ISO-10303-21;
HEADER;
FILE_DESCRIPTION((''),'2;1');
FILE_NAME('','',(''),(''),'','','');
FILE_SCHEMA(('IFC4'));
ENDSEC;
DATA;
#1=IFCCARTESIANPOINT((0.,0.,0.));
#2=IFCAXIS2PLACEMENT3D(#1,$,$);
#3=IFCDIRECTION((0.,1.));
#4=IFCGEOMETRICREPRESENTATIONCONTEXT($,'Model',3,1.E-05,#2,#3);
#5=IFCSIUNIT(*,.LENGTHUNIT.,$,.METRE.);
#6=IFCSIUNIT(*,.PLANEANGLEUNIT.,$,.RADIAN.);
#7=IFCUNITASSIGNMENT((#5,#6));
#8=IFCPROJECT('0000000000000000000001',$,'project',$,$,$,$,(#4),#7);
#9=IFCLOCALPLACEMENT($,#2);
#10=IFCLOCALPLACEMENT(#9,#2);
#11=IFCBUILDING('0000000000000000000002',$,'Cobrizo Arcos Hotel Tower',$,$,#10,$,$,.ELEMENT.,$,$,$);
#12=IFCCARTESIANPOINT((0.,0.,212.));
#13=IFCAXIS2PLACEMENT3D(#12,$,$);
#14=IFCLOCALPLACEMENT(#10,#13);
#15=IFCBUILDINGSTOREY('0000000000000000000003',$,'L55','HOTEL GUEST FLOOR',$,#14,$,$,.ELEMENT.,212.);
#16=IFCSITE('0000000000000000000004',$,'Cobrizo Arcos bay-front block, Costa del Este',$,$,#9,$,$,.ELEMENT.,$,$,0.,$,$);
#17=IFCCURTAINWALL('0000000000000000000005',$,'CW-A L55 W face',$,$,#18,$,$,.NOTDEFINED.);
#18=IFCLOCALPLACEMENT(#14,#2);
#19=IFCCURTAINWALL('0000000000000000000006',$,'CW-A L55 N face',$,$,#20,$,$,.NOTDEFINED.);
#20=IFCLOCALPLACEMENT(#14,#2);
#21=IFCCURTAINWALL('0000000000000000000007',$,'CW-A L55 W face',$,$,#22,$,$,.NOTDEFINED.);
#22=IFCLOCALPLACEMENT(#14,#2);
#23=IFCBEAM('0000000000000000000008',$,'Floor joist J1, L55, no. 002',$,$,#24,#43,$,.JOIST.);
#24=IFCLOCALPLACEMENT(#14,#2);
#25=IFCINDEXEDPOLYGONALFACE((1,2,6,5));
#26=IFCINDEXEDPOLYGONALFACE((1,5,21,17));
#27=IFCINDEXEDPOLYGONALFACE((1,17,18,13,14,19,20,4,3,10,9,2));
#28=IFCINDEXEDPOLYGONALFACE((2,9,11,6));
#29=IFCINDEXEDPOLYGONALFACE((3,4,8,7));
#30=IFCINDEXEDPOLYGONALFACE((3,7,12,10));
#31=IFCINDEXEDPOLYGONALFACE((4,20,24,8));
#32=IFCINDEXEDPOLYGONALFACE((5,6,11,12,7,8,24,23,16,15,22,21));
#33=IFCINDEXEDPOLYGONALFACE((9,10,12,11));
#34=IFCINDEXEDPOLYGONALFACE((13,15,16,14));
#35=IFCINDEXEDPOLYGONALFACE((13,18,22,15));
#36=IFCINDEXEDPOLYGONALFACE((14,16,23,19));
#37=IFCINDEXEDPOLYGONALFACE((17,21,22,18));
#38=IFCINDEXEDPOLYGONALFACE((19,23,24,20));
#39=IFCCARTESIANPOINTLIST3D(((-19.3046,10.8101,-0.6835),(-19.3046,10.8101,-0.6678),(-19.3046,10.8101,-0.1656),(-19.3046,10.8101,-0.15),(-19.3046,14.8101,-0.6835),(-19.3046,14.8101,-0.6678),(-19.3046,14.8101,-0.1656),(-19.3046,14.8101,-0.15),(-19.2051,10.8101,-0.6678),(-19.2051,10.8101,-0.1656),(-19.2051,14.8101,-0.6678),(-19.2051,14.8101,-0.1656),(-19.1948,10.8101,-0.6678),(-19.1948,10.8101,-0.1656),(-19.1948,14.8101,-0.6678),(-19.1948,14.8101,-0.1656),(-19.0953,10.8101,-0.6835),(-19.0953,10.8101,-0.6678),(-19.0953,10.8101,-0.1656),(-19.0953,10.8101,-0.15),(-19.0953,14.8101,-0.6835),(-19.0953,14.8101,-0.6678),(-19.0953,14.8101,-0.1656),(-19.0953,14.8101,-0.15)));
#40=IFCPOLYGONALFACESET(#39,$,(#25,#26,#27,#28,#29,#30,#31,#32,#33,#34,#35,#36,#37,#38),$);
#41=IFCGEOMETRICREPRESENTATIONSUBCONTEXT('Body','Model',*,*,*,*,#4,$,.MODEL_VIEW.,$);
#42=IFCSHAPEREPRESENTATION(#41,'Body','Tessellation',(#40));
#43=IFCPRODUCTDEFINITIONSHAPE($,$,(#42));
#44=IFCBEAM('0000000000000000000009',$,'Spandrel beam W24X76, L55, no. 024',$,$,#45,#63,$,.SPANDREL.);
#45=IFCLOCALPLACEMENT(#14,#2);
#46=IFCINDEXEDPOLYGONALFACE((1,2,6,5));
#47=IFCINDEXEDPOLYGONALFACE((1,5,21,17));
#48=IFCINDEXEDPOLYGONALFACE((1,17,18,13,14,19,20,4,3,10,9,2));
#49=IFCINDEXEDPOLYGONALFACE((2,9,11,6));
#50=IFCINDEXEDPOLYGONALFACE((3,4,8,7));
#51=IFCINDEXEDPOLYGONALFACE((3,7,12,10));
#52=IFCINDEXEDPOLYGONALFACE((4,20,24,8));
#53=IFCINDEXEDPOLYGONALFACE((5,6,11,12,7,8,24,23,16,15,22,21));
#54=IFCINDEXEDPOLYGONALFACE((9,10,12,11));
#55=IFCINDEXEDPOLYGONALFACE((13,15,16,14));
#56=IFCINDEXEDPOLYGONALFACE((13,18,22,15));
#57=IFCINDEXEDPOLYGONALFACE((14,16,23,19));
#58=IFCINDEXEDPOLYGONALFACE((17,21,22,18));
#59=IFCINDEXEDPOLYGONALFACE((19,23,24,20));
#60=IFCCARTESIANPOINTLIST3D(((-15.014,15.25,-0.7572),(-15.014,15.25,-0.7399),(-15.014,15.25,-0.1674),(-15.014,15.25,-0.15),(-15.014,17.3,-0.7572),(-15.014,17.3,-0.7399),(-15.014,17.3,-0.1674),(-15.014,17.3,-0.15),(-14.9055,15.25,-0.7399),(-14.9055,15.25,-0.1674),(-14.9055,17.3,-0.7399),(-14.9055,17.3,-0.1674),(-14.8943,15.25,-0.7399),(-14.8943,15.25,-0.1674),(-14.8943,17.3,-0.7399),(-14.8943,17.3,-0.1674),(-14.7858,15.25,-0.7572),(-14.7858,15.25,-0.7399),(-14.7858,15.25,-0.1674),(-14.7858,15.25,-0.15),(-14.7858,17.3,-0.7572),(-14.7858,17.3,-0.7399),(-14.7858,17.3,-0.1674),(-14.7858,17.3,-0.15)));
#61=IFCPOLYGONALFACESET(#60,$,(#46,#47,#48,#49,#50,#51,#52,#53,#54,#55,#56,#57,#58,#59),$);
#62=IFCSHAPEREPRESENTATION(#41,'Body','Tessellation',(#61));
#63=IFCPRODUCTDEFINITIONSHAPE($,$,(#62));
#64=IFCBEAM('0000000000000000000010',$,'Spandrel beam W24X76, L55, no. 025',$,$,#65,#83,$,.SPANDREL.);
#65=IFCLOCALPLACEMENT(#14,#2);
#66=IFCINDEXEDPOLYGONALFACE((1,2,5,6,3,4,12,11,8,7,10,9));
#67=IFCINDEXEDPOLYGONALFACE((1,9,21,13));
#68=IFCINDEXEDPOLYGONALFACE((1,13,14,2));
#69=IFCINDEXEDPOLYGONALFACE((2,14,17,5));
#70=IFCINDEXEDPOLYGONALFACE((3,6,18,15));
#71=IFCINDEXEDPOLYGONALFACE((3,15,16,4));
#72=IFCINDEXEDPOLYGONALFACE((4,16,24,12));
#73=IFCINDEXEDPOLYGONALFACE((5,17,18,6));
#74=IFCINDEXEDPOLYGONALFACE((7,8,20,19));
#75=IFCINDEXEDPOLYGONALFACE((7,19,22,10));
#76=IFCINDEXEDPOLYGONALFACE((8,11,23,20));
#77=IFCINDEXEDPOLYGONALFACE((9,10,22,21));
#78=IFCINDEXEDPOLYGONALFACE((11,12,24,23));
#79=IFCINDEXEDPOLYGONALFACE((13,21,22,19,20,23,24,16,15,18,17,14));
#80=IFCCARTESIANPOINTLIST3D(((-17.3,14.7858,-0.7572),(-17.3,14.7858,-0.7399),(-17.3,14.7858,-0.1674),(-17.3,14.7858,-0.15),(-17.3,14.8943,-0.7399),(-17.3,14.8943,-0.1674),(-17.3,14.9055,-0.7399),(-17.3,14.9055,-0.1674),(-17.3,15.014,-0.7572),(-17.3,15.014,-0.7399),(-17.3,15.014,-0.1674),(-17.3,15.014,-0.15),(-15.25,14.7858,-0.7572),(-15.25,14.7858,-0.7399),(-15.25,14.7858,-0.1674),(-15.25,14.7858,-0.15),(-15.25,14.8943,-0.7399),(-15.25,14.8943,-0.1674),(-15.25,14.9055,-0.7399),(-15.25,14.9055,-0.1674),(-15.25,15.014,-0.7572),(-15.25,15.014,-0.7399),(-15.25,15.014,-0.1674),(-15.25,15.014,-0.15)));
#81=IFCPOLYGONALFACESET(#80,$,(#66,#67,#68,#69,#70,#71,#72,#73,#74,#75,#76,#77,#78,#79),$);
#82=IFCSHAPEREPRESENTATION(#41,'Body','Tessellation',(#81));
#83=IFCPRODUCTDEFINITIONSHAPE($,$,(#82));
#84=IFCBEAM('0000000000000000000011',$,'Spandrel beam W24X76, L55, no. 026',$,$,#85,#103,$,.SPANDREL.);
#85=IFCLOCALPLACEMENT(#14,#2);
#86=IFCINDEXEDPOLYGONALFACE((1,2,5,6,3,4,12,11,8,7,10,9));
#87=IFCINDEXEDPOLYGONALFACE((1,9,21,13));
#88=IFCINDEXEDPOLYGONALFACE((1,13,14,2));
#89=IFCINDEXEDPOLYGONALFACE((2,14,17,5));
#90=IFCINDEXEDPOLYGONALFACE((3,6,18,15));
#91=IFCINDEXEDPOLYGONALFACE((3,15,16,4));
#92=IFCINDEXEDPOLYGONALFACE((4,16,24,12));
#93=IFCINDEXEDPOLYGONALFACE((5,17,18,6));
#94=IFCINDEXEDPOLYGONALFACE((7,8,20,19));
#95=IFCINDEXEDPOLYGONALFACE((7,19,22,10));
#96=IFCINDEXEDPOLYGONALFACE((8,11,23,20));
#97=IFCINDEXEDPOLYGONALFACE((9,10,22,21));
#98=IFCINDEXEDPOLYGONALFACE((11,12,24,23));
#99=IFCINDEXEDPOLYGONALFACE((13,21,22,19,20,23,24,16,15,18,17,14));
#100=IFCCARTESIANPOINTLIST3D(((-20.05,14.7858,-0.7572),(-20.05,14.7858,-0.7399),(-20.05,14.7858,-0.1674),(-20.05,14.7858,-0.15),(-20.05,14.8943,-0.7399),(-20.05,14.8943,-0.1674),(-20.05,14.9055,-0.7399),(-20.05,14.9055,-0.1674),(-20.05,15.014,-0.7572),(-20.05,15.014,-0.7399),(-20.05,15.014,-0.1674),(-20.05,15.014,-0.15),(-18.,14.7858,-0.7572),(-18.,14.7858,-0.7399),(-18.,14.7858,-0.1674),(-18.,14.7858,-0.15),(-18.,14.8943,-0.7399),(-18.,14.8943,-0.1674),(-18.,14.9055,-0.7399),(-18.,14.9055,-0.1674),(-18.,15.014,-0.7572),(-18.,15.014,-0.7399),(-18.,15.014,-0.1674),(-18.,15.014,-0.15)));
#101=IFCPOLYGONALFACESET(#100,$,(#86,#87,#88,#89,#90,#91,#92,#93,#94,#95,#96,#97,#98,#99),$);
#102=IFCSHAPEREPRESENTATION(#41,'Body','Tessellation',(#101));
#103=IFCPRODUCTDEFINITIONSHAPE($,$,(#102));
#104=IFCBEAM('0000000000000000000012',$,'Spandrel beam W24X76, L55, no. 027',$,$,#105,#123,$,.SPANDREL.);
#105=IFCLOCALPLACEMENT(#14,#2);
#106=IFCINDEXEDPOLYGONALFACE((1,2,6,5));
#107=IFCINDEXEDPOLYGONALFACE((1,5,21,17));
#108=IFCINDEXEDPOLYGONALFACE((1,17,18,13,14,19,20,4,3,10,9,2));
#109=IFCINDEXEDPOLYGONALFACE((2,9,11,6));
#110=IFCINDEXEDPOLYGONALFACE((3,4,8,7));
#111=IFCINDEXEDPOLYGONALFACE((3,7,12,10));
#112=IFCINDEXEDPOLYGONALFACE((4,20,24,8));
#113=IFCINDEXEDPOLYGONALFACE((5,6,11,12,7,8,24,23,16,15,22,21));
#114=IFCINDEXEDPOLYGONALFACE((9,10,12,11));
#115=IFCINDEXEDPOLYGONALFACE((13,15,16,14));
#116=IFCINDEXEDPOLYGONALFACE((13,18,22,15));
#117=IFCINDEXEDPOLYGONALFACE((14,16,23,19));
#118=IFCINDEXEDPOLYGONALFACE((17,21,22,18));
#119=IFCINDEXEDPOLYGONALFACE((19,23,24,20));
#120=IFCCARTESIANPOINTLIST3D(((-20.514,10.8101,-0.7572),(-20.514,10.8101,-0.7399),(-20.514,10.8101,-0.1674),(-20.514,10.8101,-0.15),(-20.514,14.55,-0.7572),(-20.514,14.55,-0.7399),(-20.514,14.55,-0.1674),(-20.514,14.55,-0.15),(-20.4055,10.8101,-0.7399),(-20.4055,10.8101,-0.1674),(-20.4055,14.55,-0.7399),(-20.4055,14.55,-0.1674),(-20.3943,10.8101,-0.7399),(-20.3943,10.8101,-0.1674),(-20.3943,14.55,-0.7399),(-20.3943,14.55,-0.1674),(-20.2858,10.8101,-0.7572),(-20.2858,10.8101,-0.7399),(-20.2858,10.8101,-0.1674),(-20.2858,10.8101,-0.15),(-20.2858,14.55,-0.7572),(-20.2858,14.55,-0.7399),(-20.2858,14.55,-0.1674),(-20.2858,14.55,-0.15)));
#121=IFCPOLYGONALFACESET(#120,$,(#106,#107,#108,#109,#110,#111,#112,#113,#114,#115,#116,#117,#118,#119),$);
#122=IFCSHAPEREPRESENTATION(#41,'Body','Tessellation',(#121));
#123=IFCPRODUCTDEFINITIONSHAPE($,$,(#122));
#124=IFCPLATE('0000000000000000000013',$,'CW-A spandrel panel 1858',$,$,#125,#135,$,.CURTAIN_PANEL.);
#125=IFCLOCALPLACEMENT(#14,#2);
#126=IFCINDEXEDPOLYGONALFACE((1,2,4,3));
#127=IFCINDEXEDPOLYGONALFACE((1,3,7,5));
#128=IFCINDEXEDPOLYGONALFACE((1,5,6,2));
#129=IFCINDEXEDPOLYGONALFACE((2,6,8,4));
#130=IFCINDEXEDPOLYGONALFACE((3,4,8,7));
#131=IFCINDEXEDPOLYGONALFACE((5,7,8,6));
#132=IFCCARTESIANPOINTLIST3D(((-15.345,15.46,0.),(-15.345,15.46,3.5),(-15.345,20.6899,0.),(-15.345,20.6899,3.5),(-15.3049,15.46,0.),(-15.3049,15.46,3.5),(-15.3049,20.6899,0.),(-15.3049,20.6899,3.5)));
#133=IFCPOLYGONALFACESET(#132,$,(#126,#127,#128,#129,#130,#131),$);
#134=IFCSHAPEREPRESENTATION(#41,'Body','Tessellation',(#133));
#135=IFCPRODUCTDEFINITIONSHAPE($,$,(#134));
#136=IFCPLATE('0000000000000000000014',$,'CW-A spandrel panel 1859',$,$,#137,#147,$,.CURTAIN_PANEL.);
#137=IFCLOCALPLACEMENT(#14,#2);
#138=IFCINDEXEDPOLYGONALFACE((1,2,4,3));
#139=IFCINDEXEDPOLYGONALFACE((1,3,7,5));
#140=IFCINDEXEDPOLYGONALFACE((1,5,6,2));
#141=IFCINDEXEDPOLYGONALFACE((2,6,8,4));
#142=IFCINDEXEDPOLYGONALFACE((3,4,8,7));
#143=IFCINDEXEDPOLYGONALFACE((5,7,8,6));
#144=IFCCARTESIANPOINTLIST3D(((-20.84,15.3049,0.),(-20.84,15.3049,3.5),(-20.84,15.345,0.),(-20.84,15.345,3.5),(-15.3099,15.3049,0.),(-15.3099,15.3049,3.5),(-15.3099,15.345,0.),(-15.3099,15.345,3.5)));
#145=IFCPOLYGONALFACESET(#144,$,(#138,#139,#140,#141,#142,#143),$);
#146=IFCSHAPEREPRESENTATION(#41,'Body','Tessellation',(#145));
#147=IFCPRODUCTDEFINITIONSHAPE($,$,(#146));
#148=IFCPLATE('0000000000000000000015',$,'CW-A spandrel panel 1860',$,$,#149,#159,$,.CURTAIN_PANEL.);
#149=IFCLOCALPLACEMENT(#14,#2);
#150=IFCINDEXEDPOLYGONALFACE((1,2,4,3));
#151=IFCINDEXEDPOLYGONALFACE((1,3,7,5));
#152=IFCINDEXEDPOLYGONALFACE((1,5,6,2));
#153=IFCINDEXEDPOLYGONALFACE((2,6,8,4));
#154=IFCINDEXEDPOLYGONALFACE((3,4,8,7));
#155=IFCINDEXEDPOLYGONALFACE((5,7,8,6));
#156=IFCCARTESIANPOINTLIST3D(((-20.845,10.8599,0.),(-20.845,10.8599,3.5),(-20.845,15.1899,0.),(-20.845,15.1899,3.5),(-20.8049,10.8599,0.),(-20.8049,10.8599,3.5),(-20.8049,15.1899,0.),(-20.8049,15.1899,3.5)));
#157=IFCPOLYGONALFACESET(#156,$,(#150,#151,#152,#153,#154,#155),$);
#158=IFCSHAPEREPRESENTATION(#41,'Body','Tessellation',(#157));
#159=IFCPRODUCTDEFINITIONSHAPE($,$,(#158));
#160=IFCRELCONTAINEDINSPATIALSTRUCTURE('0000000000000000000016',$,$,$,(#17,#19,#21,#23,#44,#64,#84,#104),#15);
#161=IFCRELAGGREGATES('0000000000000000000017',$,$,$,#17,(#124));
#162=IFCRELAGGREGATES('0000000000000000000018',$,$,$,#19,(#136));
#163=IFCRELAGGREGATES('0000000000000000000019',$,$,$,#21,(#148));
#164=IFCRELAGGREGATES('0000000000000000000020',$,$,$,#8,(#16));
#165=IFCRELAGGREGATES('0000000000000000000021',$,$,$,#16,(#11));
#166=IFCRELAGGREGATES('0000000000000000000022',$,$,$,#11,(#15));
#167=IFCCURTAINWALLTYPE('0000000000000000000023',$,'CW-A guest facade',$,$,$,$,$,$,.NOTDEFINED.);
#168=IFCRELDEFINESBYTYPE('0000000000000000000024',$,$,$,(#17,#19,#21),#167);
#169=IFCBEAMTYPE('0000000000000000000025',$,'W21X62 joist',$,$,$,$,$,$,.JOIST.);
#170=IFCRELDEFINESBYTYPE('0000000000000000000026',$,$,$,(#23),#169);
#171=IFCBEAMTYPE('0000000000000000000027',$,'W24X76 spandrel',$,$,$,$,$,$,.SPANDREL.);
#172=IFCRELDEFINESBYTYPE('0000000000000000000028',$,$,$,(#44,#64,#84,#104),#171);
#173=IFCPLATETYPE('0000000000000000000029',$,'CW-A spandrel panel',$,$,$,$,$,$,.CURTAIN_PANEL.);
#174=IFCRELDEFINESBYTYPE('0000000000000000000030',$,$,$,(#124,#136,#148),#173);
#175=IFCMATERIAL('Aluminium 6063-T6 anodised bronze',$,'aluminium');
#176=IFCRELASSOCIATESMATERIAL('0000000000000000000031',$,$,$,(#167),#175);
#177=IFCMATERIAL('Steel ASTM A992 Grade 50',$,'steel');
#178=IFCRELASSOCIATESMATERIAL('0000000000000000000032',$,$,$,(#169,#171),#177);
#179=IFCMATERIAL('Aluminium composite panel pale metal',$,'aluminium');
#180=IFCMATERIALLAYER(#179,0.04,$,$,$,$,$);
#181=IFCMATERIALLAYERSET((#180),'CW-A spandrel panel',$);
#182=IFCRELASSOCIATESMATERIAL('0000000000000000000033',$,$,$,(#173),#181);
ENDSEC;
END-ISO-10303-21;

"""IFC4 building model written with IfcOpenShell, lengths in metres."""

from ifc_helpers import new_model, si_unit, direction, frame, origin, origin_2d, place, context, subcontext, project, spatial, rectangle, i_section, extrude, material, layer, layer_set, material_profile, profile_set, type_object, element, aggregate, save


model = new_model("IFC4")

# Units and contexts
model_context = context("Model", 3, precision=1e-05, world=origin(), true_north=direction((0.0, 1.0)))
body_context = subcontext(model_context, "Body", "Model", "MODEL_VIEW")
ifc_project = project(units=[si_unit("LENGTHUNIT", "METRE"), si_unit("PLANEANGLEUNIT", "RADIAN")], contexts=[model_context])

# Site, building, storey
site_placement = place(None, origin())
site = spatial("IfcSite", under=ifc_project, at=site_placement, Name="Cobrizo Arcos bay-front block, Costa del Este", CompositionType="ELEMENT", RefElevation=0.0)
building_placement = place(site_placement, origin())
building = spatial("IfcBuilding", under=site, at=building_placement, Name="Cobrizo Arcos Hotel Tower", CompositionType="ELEMENT")
storey_placement = place(building_placement, frame((0.0, 0.0, 212.0)))
storey = spatial("IfcBuildingStorey", under=building, at=storey_placement, Name="L55", Description="HOTEL GUEST FLOOR", CompositionType="ELEMENT", Elevation=212.0)

# Shared definitions
ifc_material_1 = material(Name="Aluminium 6063-T6 anodised bronze", Category="aluminium")
curtain_wall_type = type_object("IfcCurtainWallType", Name="CW-A guest facade", PredefinedType="NOTDEFINED", material=ifc_material_1)

# Curtain walls
curtain_wall_1_placement = place(storey_placement, origin())
curtain_wall_1 = element("IfcCurtainWall", 1, at=curtain_wall_1_placement, inside=storey, type_object=curtain_wall_type, Name="CW-A L55 W face", PredefinedType="NOTDEFINED")
curtain_wall_2_placement = place(storey_placement, origin())
curtain_wall_2 = element("IfcCurtainWall", 2, at=curtain_wall_2_placement, inside=storey, type_object=curtain_wall_type, Name="CW-A L55 N face", PredefinedType="NOTDEFINED")
curtain_wall_3_placement = place(storey_placement, origin())
curtain_wall_3 = element("IfcCurtainWall", 3, at=curtain_wall_3_placement, inside=storey, type_object=curtain_wall_type, Name="CW-A L55 W face", PredefinedType="NOTDEFINED")

# Beams
ifc_material_2 = material(Name="Steel ASTM A992 Grade 50", Category="steel")
ifc_material_profile_1 = material_profile(ifc_material_2, i_section(OverallWidth=0.2092, OverallDepth=0.5334, WebThickness=0.0103, FlangeThickness=0.0156, at=origin_2d()), Name="W21X62")
ifc_profile_set_1 = profile_set([ifc_material_profile_1], Name="Steel ASTM A992 Grade 50")
beam_type_1 = type_object("IfcBeamType", Name="W21X62 joist", PredefinedType="JOIST", material=ifc_profile_set_1)
beam_1_placement = place(storey_placement, frame((-19.2, 10.8101, -0.4167), z_axis=(0.0, 1.0, 0.0), x_axis=(-1.0, 0.0, 0.0)))
element("IfcBeam", 4, at=beam_1_placement, inside=storey, type_object=beam_type_1, Name="Floor joist J1, L55, no. 002", PredefinedType="JOIST", context=body_context, shape_type="SweptSolid", body=[
    extrude(i_section(OverallWidth=0.2092, OverallDepth=0.5334, WebThickness=0.0103, FlangeThickness=0.0156, at=origin_2d()), origin(), (0.0, 0.0, 1.0), 4.0),
])
ifc_material_profile_2 = material_profile(ifc_material_2, i_section(OverallWidth=0.2283, OverallDepth=0.6072, WebThickness=0.0112, FlangeThickness=0.0173, at=origin_2d()), Name="W24X76")
ifc_profile_set_2 = profile_set([ifc_material_profile_2], Name="Steel ASTM A992 Grade 50")
beam_type_2 = type_object("IfcBeamType", Name="W24X76 spandrel", PredefinedType="SPANDREL", material=ifc_profile_set_2)
for number, where, z_axis, x_axis, name in (
    (5, (-14.8999, 17.3, -0.4536), (0.0, -1.0, 0.0), (1.0, 0.0, 0.0), "Spandrel beam W24X76, L55, no. 024"),
    (6, (-15.25, 14.8999, -0.4536), (-1.0, 0.0, 0.0), (0.0, -1.0, 0.0), "Spandrel beam W24X76, L55, no. 025"),
    (7, (-18.0, 14.8999, -0.4536), (-1.0, 0.0, 0.0), (0.0, -1.0, 0.0), "Spandrel beam W24X76, L55, no. 026"),
):
    element("IfcBeam", number, at=place(storey_placement, frame(where, z_axis=z_axis, x_axis=x_axis)), inside=storey, type_object=beam_type_2, Name=name, PredefinedType="SPANDREL", context=body_context, shape_type="SweptSolid", body=[
        extrude(i_section(OverallWidth=0.2283, OverallDepth=0.6072, WebThickness=0.0112, FlangeThickness=0.0173, at=origin_2d()), origin(), (0.0, 0.0, 1.0), 2.05),
    ])
beam_2_placement = place(storey_placement, frame((-20.3999, 14.55, -0.4536), z_axis=(0.0, -1.0, 0.0), x_axis=(1.0, 0.0, 0.0)))
element("IfcBeam", 8, at=beam_2_placement, inside=storey, type_object=beam_type_2, Name="Spandrel beam W24X76, L55, no. 027", PredefinedType="SPANDREL", context=body_context, shape_type="SweptSolid", body=[
    extrude(i_section(OverallWidth=0.2283, OverallDepth=0.6072, WebThickness=0.0112, FlangeThickness=0.0173, at=origin_2d()), origin(), (0.0, 0.0, 1.0), 3.74),
])

# Plates
ifc_material_3 = material(Name="Aluminium composite panel pale metal", Category="aluminium")
ifc_layer_1 = layer(ifc_material_3, 0.04)
ifc_layer_set_1 = layer_set([ifc_layer_1], Name="CW-A spandrel panel")
plate_type = type_object("IfcPlateType", Name="CW-A spandrel panel", PredefinedType="CURTAIN_PANEL", material=ifc_layer_set_1)
plate_1_placement = place(storey_placement, frame((-15.325, 18.075, 0.0), z_axis=(0.0, 0.0, 1.0), x_axis=(0.0, -1.0, 0.0)))
plate_1 = element("IfcPlate", 9, at=plate_1_placement, type_object=plate_type, Name="CW-A spandrel panel 1858", PredefinedType="CURTAIN_PANEL", context=body_context, shape_type="SweptSolid", body=[
    extrude(rectangle(XDim=5.23, YDim=0.04, at=origin_2d()), origin(), (0.0, 0.0, 1.0), 3.5),
])
aggregate(curtain_wall_1, [plate_1])
plate_2_placement = place(storey_placement, frame((-18.075, 15.325, 0.0), z_axis=(0.0, 0.0, 1.0), x_axis=(-1.0, 0.0, 0.0)))
plate_2 = element("IfcPlate", 10, at=plate_2_placement, type_object=plate_type, Name="CW-A spandrel panel 1859", PredefinedType="CURTAIN_PANEL", context=body_context, shape_type="SweptSolid", body=[
    extrude(rectangle(XDim=5.53, YDim=0.04, at=origin_2d()), origin(), (0.0, 0.0, 1.0), 3.5),
])
aggregate(curtain_wall_2, [plate_2])
plate_3_placement = place(storey_placement, frame((-20.825, 13.0249, 0.0), z_axis=(0.0, 0.0, 1.0), x_axis=(0.0, -1.0, 0.0)))
plate_3 = element("IfcPlate", 11, at=plate_3_placement, type_object=plate_type, Name="CW-A spandrel panel 1860", PredefinedType="CURTAIN_PANEL", context=body_context, shape_type="SweptSolid", body=[
    extrude(rectangle(XDim=4.3301, YDim=0.04, at=origin_2d()), origin(), (0.0, 0.0, 1.0), 3.5),
])
aggregate(curtain_wall_3, [plate_3])

save(model, "model.ifc")
